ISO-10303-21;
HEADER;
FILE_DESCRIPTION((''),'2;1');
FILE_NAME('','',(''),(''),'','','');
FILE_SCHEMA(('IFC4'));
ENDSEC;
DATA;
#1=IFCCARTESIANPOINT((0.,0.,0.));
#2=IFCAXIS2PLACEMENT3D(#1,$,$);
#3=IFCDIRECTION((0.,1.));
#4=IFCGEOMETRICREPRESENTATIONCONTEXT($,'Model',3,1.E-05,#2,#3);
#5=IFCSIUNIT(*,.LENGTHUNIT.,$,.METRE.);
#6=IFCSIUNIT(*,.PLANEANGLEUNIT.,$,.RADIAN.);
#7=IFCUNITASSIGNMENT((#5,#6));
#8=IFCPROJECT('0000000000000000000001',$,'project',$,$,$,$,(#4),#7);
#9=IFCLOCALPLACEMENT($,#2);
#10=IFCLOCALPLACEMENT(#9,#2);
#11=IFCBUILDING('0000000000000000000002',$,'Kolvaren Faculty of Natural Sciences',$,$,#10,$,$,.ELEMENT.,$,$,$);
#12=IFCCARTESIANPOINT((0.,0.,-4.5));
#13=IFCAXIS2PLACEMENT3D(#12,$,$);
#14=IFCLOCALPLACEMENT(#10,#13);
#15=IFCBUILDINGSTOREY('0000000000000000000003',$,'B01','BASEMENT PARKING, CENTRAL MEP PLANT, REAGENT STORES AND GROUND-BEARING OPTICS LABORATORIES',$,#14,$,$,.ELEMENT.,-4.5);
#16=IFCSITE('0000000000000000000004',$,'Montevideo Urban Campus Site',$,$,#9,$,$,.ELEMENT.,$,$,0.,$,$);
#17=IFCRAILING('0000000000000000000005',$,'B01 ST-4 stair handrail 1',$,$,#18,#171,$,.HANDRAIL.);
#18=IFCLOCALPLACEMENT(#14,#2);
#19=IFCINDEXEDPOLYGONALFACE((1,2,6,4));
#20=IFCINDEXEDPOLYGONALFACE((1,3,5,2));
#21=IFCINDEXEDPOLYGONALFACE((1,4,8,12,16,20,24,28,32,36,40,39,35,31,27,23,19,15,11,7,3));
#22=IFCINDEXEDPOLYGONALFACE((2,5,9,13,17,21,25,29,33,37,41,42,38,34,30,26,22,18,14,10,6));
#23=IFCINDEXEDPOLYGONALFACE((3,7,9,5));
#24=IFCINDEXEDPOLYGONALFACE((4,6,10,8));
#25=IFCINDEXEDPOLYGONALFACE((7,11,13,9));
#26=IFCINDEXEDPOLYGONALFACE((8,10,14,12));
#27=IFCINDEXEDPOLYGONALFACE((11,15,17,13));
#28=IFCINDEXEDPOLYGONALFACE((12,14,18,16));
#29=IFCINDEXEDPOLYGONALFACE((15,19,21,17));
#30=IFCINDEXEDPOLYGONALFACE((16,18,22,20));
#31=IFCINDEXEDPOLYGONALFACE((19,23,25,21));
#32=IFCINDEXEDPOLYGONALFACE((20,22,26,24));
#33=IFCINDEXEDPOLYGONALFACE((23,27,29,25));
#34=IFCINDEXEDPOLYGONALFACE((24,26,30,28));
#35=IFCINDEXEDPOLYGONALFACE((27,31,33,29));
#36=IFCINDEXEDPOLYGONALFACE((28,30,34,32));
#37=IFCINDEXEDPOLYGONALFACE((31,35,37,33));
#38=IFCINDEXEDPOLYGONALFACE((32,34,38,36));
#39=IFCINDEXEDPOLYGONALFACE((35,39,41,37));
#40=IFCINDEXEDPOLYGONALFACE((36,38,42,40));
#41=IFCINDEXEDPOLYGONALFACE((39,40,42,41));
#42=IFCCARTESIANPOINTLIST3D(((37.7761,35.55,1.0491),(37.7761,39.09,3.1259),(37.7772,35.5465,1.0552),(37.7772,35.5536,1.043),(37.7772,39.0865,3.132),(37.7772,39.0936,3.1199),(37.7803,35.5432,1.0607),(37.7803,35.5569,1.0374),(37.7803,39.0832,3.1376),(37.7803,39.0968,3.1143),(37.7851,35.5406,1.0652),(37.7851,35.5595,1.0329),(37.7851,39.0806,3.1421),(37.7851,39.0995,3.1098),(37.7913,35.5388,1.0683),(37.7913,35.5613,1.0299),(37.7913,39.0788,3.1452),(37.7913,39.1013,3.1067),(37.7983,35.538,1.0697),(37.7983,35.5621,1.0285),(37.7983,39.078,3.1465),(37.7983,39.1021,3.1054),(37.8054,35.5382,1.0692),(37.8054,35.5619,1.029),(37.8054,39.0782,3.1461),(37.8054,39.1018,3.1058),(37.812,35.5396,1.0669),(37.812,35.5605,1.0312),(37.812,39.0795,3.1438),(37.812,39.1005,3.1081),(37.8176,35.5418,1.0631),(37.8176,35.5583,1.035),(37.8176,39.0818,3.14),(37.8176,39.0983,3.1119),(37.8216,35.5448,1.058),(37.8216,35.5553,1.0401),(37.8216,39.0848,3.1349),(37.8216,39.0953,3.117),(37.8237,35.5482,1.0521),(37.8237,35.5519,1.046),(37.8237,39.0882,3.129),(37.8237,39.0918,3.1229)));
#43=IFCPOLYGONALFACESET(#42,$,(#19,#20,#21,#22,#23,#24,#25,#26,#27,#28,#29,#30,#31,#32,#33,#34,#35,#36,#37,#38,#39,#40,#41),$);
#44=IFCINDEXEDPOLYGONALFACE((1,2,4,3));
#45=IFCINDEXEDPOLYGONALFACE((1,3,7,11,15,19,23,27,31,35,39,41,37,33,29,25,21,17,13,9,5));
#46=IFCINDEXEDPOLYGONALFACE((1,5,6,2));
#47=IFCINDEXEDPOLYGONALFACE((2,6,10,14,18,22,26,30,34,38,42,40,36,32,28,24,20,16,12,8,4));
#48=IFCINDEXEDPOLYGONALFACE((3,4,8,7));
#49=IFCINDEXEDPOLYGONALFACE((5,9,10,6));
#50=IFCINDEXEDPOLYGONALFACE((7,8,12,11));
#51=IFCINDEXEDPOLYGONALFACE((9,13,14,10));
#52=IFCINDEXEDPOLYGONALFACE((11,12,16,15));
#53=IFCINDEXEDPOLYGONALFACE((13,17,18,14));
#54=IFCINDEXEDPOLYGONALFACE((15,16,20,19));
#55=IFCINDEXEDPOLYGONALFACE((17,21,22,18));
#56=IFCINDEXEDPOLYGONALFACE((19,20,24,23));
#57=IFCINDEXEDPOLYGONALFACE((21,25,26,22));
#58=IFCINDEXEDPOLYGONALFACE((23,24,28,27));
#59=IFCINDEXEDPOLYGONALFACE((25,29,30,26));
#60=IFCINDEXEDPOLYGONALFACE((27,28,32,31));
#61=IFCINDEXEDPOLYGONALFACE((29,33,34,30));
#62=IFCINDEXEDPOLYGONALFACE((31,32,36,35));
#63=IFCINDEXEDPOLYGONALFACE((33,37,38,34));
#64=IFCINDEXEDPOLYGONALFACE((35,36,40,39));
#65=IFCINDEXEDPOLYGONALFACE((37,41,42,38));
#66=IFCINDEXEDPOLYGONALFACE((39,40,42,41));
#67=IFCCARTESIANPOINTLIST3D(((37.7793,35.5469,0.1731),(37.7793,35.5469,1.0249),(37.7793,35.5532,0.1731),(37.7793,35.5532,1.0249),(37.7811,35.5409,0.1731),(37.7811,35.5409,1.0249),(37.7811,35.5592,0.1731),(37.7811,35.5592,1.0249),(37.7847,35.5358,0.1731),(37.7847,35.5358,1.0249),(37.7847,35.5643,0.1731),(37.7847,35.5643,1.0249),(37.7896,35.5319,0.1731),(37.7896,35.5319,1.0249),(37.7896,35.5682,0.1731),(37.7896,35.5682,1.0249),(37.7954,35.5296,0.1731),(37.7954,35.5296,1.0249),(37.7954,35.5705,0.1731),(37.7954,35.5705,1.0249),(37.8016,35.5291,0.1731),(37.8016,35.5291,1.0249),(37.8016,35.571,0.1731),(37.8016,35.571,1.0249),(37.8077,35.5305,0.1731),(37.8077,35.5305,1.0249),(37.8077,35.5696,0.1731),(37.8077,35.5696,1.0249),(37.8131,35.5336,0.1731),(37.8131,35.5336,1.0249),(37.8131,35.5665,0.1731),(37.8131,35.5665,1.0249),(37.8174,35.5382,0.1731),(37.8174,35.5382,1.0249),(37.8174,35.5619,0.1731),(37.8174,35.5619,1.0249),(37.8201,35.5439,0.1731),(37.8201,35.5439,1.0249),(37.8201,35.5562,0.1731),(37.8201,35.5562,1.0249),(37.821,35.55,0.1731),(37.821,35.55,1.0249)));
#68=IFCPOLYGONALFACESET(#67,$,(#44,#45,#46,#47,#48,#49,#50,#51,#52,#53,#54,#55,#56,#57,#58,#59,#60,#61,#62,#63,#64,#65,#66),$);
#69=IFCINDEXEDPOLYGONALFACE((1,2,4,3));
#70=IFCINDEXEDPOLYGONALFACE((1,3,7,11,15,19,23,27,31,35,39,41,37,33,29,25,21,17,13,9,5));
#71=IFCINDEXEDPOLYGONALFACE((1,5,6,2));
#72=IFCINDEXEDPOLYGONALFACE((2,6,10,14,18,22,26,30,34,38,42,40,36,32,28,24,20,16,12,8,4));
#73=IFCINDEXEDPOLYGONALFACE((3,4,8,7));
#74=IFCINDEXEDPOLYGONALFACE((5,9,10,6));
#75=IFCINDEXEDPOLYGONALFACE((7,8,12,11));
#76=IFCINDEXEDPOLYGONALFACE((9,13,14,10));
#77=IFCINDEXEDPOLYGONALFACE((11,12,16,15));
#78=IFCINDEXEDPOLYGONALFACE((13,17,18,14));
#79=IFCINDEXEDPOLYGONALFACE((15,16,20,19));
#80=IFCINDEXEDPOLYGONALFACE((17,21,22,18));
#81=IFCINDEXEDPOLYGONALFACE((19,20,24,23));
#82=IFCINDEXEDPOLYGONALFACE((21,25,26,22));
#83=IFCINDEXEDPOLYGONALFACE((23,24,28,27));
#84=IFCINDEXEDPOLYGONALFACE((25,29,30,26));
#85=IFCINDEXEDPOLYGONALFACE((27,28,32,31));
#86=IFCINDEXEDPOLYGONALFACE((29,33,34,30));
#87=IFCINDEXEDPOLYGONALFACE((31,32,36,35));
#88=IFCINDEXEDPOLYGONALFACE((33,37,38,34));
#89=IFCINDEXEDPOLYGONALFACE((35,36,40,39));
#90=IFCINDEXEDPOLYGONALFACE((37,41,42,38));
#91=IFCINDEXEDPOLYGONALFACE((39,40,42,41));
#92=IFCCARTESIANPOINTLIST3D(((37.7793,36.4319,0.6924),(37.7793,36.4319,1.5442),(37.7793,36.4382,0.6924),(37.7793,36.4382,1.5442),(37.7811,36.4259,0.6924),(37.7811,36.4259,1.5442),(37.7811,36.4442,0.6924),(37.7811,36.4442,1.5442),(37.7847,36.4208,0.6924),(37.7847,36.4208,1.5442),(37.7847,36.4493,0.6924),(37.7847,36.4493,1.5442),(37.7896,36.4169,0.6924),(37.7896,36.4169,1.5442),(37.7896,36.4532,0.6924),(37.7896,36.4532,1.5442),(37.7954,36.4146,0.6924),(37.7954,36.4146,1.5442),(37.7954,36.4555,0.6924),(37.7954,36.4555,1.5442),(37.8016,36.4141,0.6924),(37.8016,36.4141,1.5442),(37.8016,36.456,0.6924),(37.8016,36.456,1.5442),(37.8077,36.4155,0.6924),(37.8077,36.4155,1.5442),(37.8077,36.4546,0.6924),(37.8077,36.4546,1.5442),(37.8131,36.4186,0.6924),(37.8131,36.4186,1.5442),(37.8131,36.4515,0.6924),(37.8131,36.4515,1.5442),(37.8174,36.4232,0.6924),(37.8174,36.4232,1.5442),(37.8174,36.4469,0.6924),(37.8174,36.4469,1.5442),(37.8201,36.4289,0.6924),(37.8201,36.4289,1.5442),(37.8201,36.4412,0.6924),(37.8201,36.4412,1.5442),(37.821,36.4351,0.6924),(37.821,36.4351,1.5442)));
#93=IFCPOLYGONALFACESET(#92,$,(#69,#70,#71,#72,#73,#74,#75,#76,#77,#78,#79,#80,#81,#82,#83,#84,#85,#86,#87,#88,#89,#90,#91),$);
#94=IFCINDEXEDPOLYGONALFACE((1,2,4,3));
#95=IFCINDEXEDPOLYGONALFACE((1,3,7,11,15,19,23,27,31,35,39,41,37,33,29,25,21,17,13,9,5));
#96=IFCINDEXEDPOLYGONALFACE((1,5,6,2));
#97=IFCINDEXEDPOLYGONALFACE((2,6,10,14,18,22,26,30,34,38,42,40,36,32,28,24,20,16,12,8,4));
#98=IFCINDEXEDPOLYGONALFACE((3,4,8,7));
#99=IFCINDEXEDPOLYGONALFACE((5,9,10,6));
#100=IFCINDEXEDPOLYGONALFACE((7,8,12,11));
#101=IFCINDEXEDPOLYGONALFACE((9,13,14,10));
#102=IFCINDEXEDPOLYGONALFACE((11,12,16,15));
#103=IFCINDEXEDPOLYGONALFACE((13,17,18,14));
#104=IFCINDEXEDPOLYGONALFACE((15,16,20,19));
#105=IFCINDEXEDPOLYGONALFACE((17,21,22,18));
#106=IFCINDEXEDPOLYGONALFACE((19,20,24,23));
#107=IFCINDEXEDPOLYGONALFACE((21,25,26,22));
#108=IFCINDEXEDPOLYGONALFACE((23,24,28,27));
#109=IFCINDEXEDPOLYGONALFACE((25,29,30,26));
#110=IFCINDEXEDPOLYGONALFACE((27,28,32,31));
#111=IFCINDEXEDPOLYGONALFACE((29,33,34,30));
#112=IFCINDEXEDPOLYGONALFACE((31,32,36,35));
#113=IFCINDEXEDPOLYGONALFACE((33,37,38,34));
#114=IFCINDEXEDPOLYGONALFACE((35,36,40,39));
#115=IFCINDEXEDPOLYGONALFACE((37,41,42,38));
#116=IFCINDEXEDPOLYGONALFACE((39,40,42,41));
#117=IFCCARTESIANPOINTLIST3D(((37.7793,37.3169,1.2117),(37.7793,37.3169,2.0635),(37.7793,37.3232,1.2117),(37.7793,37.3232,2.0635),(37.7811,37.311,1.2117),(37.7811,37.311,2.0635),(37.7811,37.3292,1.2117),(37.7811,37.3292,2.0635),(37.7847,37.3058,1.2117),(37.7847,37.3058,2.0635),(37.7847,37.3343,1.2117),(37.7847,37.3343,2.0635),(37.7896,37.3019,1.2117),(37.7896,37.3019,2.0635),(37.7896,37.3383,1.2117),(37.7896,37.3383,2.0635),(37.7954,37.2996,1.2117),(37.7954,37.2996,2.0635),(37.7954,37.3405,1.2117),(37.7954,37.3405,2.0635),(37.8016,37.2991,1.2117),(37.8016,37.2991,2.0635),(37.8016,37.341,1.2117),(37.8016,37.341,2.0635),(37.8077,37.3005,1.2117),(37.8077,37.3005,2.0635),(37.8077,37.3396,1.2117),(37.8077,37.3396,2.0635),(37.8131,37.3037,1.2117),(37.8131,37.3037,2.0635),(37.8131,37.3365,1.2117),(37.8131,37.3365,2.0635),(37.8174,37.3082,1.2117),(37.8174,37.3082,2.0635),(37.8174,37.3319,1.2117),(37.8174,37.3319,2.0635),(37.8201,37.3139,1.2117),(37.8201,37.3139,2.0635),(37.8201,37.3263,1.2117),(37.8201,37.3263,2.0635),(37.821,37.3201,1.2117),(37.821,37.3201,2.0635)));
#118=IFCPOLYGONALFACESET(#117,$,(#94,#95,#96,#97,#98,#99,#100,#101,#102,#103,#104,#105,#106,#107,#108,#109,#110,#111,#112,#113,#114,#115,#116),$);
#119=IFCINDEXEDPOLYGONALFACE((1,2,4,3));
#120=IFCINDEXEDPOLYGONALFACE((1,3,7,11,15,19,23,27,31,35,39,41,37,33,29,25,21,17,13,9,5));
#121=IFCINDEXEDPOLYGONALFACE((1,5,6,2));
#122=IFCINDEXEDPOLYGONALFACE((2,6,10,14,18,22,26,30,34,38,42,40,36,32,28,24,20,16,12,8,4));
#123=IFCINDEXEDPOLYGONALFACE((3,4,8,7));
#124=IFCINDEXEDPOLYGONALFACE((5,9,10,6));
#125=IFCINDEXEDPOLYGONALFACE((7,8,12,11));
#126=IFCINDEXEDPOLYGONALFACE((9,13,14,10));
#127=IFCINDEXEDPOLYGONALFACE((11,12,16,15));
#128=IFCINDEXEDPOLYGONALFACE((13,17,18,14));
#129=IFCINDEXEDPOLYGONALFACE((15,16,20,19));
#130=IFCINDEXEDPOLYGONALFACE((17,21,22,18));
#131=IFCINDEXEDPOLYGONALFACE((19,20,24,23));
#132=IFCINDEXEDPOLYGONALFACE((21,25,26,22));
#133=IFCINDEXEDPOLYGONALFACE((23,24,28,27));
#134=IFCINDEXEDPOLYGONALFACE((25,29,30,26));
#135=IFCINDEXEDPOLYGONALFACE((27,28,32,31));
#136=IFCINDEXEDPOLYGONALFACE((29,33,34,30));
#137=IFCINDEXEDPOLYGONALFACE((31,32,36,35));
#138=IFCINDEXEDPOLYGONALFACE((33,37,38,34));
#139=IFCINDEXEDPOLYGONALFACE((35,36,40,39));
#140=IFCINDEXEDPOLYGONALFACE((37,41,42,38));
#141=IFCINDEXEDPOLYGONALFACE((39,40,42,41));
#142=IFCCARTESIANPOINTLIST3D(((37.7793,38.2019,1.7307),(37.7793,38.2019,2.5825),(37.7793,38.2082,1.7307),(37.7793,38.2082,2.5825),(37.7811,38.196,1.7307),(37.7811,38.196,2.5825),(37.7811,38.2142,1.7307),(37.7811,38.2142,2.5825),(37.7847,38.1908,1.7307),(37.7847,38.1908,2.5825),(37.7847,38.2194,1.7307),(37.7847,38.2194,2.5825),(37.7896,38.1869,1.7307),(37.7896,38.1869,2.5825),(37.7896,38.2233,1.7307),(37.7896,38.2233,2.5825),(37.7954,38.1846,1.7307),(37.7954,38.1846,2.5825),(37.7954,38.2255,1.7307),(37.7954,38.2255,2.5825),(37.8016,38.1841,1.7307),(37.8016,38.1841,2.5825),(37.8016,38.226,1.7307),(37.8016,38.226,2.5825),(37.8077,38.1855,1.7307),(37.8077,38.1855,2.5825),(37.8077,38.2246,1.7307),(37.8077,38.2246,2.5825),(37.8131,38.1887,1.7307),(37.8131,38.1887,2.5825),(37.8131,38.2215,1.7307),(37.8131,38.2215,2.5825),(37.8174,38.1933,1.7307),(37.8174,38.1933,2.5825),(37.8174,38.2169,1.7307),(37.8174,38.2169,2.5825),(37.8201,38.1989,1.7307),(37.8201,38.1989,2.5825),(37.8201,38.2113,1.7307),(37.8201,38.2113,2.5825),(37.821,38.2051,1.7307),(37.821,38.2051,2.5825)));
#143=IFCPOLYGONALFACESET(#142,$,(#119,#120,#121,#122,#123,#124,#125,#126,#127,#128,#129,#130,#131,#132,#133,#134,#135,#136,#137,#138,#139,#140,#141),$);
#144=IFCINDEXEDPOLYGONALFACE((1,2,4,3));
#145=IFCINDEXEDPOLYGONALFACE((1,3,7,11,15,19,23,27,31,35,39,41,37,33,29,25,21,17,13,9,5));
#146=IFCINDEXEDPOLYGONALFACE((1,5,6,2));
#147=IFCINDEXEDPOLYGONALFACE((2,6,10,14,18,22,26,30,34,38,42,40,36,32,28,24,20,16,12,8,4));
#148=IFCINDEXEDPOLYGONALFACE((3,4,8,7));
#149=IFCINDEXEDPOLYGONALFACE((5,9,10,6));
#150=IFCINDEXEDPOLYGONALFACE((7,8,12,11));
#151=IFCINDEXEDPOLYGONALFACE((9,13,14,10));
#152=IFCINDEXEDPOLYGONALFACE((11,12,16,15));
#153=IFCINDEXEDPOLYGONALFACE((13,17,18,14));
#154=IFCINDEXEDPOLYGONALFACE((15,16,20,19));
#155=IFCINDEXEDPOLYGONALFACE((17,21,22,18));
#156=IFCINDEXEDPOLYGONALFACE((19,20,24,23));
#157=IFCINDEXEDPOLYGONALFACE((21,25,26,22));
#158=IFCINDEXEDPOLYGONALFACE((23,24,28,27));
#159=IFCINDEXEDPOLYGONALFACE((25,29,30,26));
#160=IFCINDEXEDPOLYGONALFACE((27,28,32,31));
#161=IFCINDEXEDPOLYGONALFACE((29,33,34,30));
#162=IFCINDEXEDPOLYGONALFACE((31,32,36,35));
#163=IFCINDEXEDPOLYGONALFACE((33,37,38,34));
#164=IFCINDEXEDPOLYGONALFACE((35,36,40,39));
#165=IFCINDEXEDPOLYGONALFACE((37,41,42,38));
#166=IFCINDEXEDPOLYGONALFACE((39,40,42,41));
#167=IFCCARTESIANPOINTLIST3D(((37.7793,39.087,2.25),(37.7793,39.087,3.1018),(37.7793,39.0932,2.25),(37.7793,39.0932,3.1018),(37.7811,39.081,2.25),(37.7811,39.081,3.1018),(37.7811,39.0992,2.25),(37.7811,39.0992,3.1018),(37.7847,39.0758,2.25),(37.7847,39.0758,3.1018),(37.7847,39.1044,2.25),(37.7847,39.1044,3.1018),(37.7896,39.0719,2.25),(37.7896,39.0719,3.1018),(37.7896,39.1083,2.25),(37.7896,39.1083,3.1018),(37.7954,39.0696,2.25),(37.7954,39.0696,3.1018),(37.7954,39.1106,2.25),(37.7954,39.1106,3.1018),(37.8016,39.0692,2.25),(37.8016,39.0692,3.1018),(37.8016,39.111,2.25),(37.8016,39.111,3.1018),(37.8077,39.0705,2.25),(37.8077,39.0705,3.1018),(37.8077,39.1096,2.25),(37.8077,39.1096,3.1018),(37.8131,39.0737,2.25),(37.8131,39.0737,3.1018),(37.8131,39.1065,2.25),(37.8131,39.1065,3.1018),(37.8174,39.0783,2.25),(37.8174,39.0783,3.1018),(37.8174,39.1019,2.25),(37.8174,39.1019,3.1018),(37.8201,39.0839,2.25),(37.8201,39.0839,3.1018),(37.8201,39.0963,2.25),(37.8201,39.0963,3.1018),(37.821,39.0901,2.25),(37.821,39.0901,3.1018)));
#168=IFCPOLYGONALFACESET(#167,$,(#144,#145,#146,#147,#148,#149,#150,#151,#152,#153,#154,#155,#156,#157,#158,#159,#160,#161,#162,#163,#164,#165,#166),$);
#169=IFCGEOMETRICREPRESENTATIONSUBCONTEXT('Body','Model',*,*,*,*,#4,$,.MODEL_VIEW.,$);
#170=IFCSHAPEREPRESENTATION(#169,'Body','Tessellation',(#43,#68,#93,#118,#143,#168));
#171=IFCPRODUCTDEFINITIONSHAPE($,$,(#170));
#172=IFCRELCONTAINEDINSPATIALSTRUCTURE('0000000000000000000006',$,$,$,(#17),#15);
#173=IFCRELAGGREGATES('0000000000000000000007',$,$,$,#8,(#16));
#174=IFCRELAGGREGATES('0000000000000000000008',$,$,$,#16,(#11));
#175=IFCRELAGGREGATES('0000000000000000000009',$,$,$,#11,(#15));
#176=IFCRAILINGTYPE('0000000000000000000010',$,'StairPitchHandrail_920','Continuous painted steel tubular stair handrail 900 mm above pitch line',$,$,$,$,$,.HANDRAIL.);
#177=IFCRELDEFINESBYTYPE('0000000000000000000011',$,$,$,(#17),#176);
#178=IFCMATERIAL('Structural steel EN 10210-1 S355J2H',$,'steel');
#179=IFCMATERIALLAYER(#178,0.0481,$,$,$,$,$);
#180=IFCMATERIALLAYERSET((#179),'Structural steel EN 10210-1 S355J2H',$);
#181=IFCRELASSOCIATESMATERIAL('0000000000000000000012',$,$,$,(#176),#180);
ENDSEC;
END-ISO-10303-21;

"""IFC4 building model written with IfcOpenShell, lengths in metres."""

from ifc_helpers import new_model, si_unit, direction, frame, origin, origin_2d, place, context, subcontext, project, spatial, circle, extrude, material, layer, layer_set, type_object, element, save


model = new_model("IFC4")

# Units and contexts
model_context = context("Model", 3, precision=1e-05, world=origin(), true_north=direction((0.0, 1.0)))
body_context = subcontext(model_context, "Body", "Model", "MODEL_VIEW")
ifc_project = project(units=[si_unit("LENGTHUNIT", "METRE"), si_unit("PLANEANGLEUNIT", "RADIAN")], contexts=[model_context])

# Site, building, storey
site_placement = place(None, origin())
site = spatial("IfcSite", under=ifc_project, at=site_placement, Name="Montevideo Urban Campus Site", CompositionType="ELEMENT", RefElevation=0.0)
building_placement = place(site_placement, origin())
building = spatial("IfcBuilding", under=site, at=building_placement, Name="Kolvaren Faculty of Natural Sciences", CompositionType="ELEMENT")
storey_placement = place(building_placement, frame((0.0, 0.0, -4.5)))
storey = spatial("IfcBuildingStorey", under=building, at=storey_placement, Name="B01", Description="BASEMENT PARKING, CENTRAL MEP PLANT, REAGENT STORES AND GROUND-BEARING OPTICS LABORATORIES", CompositionType="ELEMENT", Elevation=-4.5)

# Railing
ifc_material_1 = material(Name="Structural steel EN 10210-1 S355J2H", Category="steel")
ifc_layer_1 = layer(ifc_material_1, 0.0481)
ifc_layer_set_1 = layer_set([ifc_layer_1], Name="Structural steel EN 10210-1 S355J2H")
railing_type = type_object("IfcRailingType", Name="StairPitchHandrail_920", Description="Continuous painted steel tubular stair handrail 900 mm above pitch line", PredefinedType="HANDRAIL", material=ifc_layer_set_1)
railing_placement = place(storey_placement, frame((37.8, 35.55, 0.1731)))
element("IfcRailing", 1, at=railing_placement, inside=storey, type_object=railing_type, Name="B01 ST-4 stair handrail 1", PredefinedType="HANDRAIL", context=body_context, shape_type="SweptSolid", body=[
    extrude(circle(Radius=0.0239, at=origin_2d()), frame((0.0, 0.0, 0.876), z_axis=(0.0, 0.862516, 0.506029), x_axis=(-1.0, 0.0, 0.0)), (0.0, 0.0, 1.0), 4.1042),
    extrude(circle(Radius=0.021, at=origin_2d()), origin(), (0.0, 0.0, 1.0), 0.8518),
    extrude(circle(Radius=0.021, at=origin_2d()), frame((0.0, 0.885, 0.5193)), (0.0, 0.0, 1.0), 0.8518),
    extrude(circle(Radius=0.021, at=origin_2d()), frame((0.0, 1.77, 1.0386)), (0.0, 0.0, 1.0), 0.8518),
    extrude(circle(Radius=0.021, at=origin_2d()), frame((0.0, 2.655, 1.5576)), (0.0, 0.0, 1.0), 0.8518),
    extrude(circle(Radius=0.021, at=origin_2d()), frame((0.0, 3.54, 2.0769)), (0.0, 0.0, 1.0), 0.8518),
])

save(model, "model.ifc")
